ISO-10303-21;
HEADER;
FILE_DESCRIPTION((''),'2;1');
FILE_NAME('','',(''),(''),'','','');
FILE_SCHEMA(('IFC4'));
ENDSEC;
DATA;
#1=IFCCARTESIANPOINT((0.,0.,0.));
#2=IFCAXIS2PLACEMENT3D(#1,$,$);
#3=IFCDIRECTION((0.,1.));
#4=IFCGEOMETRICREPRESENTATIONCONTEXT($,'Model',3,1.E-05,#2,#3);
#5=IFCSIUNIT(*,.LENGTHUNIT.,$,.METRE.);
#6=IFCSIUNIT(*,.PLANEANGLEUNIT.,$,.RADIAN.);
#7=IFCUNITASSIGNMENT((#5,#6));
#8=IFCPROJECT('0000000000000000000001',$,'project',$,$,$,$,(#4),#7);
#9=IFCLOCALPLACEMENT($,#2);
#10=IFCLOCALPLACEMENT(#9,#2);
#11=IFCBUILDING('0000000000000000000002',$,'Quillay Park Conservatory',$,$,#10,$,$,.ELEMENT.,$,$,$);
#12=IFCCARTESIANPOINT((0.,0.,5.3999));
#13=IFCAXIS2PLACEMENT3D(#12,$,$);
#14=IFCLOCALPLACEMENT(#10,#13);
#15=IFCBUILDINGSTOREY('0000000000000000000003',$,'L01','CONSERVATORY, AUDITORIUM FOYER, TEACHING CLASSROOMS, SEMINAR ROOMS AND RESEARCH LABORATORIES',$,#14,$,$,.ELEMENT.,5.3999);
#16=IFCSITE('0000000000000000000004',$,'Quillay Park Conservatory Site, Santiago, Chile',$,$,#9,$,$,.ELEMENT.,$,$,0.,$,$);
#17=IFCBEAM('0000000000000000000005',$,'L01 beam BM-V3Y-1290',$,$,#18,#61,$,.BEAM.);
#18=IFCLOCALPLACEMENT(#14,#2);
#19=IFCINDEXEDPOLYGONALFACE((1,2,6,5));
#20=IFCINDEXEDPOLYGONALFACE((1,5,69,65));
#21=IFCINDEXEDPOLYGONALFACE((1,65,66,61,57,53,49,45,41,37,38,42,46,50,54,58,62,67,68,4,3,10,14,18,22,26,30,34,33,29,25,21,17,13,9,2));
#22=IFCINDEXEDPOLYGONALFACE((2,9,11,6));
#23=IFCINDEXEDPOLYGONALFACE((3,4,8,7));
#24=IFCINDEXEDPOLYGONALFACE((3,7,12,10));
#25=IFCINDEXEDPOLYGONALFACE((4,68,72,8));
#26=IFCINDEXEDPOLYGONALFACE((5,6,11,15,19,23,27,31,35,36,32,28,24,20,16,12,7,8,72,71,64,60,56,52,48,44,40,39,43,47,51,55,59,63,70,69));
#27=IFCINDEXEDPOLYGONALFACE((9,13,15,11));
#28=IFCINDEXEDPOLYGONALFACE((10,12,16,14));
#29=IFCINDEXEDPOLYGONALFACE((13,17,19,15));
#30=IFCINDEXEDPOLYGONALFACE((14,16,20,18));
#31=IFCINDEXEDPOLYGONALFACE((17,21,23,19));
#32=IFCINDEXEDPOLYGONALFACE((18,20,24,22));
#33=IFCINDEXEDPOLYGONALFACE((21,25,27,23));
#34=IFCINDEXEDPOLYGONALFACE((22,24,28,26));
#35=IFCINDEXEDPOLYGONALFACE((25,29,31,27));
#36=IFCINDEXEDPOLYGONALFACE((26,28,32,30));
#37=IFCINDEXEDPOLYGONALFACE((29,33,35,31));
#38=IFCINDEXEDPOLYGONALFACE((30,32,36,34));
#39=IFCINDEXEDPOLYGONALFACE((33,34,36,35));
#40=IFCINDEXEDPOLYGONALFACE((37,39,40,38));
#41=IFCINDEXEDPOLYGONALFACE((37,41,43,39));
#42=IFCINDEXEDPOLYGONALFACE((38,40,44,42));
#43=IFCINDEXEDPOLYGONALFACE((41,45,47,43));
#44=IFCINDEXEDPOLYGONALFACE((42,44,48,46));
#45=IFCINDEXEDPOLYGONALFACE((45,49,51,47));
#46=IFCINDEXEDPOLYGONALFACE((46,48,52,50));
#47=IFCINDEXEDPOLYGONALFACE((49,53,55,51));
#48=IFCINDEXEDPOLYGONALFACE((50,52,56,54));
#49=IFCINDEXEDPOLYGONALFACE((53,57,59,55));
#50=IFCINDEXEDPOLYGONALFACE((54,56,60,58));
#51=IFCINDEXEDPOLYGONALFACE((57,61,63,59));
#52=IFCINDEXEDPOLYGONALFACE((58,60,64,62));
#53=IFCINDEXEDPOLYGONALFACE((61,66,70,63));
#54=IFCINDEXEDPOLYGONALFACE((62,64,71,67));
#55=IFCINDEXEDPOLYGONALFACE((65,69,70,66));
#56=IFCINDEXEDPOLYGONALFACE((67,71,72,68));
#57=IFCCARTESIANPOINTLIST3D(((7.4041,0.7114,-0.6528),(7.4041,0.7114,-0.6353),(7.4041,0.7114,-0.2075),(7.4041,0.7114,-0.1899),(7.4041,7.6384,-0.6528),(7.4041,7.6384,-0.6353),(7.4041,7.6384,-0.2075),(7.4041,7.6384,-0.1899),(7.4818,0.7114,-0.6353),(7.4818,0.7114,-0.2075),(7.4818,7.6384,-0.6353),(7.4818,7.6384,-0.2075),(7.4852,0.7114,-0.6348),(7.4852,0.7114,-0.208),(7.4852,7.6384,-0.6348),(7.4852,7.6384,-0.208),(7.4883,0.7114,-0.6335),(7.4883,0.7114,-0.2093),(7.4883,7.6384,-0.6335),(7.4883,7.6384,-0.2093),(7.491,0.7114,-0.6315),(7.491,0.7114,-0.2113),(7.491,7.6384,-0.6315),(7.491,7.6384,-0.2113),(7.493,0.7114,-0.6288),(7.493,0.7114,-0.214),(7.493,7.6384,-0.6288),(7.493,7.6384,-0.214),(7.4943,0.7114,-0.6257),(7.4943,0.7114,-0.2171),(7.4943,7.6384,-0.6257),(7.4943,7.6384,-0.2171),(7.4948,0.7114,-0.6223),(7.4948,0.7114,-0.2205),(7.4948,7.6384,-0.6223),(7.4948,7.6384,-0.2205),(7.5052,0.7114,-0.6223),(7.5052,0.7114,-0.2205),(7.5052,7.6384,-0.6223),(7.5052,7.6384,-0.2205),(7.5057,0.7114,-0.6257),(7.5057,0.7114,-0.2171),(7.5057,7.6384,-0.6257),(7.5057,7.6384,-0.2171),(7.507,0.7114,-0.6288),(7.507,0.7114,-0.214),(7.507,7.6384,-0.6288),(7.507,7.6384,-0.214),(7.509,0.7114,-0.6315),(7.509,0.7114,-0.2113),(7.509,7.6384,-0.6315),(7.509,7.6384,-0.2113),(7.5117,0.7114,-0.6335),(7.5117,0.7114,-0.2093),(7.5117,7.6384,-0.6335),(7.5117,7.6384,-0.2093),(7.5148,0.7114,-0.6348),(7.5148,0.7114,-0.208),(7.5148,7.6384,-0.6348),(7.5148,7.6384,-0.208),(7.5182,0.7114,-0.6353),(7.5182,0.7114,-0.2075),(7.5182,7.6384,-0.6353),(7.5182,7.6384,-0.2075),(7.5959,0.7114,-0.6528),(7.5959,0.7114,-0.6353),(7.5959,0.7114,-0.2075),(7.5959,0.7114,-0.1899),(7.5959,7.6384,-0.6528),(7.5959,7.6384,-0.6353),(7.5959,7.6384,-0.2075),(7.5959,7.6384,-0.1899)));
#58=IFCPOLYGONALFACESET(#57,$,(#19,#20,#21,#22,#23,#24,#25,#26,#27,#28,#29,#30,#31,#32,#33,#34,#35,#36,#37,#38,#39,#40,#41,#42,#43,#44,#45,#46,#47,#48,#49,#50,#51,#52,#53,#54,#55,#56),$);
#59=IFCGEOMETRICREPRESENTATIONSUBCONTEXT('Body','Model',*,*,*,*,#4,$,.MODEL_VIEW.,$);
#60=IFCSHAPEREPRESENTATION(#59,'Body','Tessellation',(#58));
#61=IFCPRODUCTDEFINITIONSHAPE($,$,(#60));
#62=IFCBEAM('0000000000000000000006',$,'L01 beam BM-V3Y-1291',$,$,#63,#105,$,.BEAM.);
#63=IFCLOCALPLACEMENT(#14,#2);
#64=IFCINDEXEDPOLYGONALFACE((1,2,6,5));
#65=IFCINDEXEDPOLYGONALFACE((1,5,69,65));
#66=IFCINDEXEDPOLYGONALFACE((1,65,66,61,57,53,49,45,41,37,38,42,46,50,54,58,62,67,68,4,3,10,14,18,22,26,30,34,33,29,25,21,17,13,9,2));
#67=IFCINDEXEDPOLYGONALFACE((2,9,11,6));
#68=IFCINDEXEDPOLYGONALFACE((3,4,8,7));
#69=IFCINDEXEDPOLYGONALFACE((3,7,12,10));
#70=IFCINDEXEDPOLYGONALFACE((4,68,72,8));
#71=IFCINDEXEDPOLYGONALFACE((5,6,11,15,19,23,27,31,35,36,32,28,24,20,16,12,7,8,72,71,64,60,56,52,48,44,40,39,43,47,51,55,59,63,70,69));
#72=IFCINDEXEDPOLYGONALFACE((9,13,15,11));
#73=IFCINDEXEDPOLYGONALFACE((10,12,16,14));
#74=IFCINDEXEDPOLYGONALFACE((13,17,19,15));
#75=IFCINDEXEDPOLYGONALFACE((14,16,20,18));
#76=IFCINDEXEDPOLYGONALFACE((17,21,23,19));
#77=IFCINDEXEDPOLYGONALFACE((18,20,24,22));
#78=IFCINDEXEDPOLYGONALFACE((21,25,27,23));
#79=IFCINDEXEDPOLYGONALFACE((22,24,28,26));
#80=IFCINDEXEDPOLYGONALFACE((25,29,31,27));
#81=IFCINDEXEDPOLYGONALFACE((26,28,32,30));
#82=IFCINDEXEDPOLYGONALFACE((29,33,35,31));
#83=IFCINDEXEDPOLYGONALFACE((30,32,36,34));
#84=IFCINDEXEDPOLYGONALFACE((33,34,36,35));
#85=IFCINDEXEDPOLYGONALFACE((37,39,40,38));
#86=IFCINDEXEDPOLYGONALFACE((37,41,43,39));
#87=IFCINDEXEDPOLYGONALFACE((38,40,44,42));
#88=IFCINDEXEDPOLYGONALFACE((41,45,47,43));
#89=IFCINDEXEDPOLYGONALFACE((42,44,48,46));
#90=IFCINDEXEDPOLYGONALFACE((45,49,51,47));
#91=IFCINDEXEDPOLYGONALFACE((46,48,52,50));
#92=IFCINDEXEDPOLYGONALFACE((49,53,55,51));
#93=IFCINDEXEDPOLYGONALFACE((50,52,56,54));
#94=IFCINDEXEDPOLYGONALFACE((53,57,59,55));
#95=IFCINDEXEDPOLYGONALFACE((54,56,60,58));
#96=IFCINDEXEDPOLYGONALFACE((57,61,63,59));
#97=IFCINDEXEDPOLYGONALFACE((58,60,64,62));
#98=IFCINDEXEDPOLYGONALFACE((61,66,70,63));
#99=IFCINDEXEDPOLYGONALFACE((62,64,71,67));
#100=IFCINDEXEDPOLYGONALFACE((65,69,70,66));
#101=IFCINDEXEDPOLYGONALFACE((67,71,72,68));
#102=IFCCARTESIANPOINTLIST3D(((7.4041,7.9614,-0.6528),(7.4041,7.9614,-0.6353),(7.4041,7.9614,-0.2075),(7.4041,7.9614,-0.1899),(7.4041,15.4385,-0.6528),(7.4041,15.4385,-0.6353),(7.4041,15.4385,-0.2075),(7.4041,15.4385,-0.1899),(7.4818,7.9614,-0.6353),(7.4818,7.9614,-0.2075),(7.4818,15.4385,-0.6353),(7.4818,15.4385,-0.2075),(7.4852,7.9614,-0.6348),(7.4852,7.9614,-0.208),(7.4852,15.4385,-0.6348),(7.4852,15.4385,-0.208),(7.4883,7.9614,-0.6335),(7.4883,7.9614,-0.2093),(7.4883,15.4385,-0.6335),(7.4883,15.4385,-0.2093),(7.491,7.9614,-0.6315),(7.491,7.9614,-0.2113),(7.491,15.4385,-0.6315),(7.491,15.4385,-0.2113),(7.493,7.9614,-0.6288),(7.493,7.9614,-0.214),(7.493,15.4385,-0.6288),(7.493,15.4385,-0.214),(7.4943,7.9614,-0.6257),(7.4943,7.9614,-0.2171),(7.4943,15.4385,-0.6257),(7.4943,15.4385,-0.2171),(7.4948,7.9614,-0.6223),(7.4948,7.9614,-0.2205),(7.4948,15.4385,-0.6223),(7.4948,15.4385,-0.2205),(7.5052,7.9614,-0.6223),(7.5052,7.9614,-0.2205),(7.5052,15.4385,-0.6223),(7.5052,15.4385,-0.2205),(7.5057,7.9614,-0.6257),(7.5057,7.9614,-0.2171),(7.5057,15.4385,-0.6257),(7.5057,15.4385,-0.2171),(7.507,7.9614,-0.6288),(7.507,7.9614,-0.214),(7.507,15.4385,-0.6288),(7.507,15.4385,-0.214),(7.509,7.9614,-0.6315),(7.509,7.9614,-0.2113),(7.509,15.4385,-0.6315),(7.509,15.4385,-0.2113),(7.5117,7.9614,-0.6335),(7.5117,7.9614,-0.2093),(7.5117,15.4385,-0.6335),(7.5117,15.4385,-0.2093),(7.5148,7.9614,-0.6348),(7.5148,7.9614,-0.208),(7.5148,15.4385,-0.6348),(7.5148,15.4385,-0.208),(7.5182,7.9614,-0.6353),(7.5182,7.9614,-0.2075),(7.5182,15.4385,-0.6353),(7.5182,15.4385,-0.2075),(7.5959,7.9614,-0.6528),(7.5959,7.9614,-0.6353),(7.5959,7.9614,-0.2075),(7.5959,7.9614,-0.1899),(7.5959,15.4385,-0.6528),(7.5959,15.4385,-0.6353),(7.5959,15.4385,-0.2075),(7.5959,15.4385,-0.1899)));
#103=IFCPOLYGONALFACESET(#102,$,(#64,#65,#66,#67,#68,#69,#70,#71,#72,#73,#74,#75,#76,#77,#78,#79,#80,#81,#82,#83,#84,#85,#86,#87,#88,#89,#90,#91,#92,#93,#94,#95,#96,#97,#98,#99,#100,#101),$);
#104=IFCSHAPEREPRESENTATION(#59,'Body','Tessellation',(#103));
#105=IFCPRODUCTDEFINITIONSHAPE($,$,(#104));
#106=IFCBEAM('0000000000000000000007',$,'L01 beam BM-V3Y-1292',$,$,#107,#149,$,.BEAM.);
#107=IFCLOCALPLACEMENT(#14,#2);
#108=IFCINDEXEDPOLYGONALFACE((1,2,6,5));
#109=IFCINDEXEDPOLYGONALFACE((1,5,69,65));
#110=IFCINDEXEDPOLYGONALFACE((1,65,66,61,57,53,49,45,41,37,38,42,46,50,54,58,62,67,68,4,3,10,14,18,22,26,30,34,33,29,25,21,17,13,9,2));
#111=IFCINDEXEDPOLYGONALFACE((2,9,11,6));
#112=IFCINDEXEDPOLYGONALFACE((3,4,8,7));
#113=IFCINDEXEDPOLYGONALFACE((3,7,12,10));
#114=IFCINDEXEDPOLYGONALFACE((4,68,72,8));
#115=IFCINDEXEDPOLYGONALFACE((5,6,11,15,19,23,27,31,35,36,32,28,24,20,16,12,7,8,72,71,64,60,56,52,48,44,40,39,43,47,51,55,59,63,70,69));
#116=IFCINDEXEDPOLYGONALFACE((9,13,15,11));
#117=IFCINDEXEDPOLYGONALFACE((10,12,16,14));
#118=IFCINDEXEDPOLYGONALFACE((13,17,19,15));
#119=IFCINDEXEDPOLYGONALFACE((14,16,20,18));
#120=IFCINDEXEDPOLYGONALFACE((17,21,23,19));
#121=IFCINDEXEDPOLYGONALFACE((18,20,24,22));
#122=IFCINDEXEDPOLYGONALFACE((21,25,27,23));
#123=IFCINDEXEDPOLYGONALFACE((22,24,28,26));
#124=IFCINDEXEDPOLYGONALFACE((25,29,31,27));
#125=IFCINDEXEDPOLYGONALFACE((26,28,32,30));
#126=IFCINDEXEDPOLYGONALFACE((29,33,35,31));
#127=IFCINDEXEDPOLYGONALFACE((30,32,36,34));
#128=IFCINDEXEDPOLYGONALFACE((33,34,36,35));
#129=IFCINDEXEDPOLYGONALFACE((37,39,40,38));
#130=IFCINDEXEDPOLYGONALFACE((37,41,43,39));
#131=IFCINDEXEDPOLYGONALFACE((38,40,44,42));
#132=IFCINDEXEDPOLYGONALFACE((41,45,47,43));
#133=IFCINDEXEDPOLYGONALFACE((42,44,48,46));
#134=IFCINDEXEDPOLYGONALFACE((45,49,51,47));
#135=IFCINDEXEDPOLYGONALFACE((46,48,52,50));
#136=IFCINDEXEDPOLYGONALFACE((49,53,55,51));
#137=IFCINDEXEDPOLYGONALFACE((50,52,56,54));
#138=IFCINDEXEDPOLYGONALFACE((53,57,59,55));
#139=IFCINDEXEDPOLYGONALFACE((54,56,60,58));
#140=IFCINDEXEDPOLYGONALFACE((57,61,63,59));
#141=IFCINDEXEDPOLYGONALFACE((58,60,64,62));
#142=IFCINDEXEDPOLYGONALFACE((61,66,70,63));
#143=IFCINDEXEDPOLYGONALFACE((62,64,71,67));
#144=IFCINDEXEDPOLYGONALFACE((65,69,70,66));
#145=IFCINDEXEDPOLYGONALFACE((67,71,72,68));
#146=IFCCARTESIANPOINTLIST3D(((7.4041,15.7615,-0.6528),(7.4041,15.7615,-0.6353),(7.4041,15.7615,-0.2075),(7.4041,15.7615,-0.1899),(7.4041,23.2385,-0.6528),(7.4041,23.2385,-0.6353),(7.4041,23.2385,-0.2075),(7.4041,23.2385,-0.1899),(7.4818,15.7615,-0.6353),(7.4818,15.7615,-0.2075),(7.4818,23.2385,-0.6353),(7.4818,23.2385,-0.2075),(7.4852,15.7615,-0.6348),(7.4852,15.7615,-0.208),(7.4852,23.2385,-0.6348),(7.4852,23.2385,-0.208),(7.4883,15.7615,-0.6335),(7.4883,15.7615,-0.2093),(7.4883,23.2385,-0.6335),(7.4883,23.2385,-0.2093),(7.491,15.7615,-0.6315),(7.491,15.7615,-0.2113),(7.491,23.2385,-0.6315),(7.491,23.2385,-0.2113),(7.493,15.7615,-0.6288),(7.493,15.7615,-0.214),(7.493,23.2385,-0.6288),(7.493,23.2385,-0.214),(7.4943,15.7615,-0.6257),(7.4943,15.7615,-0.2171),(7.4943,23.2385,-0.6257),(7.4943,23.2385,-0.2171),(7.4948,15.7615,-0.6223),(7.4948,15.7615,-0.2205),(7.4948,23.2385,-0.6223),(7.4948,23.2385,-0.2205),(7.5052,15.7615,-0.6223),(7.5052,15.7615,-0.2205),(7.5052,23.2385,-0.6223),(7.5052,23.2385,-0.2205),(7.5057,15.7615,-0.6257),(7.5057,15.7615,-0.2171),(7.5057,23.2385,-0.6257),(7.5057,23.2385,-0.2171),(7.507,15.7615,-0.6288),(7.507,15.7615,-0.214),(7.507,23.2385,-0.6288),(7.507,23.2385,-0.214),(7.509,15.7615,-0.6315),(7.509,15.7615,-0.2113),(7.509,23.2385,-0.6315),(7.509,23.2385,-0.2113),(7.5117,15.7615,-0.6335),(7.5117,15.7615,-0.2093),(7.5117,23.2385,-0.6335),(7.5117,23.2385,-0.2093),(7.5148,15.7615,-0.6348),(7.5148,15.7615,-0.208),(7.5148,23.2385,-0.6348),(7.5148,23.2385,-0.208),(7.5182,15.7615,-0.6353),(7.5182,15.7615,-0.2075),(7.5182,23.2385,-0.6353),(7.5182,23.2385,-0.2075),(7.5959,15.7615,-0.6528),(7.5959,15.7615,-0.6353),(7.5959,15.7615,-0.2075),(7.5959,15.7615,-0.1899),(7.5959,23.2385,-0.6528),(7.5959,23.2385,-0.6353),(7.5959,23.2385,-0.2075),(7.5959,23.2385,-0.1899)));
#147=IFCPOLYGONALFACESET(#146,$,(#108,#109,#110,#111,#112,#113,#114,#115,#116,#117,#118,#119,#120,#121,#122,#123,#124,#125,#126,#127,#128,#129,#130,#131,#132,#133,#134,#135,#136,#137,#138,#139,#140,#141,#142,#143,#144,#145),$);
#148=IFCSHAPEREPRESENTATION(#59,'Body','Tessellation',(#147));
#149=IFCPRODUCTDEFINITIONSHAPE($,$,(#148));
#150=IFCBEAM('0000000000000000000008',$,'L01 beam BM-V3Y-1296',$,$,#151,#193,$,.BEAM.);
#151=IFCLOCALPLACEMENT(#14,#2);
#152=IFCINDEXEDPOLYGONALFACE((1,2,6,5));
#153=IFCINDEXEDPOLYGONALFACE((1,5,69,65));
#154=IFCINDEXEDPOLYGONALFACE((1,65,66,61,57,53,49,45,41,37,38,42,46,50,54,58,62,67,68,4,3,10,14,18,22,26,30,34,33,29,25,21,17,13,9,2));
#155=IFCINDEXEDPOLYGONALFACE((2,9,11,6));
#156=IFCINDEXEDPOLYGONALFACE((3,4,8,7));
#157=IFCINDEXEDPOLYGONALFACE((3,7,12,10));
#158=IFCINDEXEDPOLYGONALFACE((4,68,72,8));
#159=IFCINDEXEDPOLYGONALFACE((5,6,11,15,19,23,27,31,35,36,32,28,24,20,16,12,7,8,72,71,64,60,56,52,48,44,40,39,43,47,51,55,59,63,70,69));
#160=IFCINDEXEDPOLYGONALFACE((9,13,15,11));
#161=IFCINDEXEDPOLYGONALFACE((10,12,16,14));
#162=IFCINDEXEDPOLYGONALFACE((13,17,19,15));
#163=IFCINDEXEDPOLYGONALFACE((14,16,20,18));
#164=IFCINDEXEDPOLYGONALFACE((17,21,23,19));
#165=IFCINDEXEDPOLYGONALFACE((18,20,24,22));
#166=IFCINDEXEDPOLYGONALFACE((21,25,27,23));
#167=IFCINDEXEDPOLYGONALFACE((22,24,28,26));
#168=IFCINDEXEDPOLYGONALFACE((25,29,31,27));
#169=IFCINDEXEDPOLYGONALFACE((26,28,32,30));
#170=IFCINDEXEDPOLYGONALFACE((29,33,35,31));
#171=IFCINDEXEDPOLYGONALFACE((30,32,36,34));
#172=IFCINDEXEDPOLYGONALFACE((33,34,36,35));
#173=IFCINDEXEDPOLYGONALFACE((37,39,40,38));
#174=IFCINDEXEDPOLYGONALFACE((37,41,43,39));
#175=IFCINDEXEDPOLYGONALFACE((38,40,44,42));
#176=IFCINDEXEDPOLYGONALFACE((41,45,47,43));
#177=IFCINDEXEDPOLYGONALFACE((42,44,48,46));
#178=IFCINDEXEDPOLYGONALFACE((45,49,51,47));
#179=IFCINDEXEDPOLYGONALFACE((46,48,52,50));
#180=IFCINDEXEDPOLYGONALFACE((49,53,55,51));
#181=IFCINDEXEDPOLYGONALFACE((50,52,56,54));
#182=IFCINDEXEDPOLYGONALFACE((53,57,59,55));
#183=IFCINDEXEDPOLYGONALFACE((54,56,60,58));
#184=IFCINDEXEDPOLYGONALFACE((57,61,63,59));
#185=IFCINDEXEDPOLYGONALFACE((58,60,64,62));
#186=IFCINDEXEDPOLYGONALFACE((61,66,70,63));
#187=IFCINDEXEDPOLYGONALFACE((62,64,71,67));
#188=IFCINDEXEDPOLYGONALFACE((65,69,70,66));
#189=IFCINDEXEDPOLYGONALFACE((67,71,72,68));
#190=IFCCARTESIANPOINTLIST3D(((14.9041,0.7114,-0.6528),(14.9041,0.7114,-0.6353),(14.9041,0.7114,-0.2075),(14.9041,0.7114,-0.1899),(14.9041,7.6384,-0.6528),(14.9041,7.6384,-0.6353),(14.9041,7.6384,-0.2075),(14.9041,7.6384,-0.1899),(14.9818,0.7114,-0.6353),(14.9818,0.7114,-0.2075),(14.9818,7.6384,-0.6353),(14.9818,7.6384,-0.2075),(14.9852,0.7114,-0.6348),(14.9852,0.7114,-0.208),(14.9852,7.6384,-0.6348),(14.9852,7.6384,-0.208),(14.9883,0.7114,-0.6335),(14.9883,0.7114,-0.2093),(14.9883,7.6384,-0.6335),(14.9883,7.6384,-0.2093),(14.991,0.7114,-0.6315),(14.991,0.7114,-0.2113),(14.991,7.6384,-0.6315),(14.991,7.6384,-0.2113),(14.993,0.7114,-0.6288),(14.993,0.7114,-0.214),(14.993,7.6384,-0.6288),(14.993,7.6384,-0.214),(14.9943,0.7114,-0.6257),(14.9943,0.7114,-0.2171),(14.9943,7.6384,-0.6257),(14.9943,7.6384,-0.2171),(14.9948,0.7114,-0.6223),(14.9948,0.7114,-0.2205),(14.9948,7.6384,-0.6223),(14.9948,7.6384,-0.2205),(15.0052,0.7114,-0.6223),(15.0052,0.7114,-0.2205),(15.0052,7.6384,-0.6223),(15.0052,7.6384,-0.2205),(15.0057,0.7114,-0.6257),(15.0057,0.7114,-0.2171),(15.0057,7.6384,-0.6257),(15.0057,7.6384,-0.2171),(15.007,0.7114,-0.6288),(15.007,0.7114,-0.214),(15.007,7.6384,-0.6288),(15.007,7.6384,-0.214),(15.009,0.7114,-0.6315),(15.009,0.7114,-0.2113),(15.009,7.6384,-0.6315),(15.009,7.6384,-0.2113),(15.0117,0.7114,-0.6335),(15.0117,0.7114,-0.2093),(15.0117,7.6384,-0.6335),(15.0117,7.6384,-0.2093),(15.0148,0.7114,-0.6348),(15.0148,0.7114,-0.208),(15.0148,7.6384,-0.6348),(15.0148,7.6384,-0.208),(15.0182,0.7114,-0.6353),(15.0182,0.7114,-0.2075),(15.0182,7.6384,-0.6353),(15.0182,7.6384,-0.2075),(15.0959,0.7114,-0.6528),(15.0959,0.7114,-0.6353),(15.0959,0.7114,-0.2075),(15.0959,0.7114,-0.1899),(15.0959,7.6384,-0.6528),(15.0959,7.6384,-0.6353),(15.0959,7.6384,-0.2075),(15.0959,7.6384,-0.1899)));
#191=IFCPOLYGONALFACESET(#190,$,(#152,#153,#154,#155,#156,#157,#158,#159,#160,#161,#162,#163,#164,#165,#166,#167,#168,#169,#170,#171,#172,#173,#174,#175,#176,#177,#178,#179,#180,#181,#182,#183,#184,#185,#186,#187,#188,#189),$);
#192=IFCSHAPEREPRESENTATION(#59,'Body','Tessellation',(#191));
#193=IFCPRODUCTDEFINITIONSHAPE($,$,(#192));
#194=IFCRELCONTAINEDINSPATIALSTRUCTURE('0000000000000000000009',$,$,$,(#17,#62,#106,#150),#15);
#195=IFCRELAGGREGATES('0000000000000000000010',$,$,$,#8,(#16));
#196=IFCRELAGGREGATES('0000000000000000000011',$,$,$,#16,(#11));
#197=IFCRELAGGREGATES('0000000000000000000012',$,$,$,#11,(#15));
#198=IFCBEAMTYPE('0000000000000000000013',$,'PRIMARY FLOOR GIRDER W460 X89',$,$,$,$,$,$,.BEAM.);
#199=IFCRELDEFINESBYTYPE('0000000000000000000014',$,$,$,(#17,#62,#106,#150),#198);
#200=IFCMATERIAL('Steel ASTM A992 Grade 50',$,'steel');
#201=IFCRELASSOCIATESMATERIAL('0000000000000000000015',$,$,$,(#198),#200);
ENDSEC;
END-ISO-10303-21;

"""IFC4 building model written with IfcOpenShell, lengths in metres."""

from ifc_helpers import new_model, si_unit, direction, frame, origin, origin_2d, place, context, subcontext, project, spatial, i_section, extrude, material, material_profile, profile_set, type_object, element, save


model = new_model("IFC4")

# Units and contexts
model_context = context("Model", 3, precision=1e-05, world=origin(), true_north=direction((0.0, 1.0)))
body_context = subcontext(model_context, "Body", "Model", "MODEL_VIEW")
ifc_project = project(units=[si_unit("LENGTHUNIT", "METRE"), si_unit("PLANEANGLEUNIT", "RADIAN")], contexts=[model_context])

# Site, building, storey
site_placement = place(None, origin())
site = spatial("IfcSite", under=ifc_project, at=site_placement, Name="Quillay Park Conservatory Site, Santiago, Chile", CompositionType="ELEMENT", RefElevation=0.0)
building_placement = place(site_placement, origin())
building = spatial("IfcBuilding", under=site, at=building_placement, Name="Quillay Park Conservatory", CompositionType="ELEMENT")
storey_placement = place(building_placement, frame((0.0, 0.0, 5.3999)))
storey = spatial("IfcBuildingStorey", under=building, at=storey_placement, Name="L01", Description="CONSERVATORY, AUDITORIUM FOYER, TEACHING CLASSROOMS, SEMINAR ROOMS AND RESEARCH LABORATORIES", CompositionType="ELEMENT", Elevation=5.3999)

# Beams
ifc_material_1 = material(Name="Steel ASTM A992 Grade 50", Category="steel")
ifc_material_profile_1 = material_profile(ifc_material_1, i_section(OverallWidth=0.1919, OverallDepth=0.4629, WebThickness=0.0105, FlangeThickness=0.0176, FilletRadius=0.0129, at=origin_2d()), Name="W460x89")
ifc_profile_set_1 = profile_set([ifc_material_profile_1], Name="Steel ASTM A992 Grade 50")
beam_type_1 = type_object("IfcBeamType", Name="PRIMARY FLOOR GIRDER W460 X89", PredefinedType="BEAM", material=ifc_profile_set_1)
beam_1_placement = place(storey_placement, frame((7.5, 0.7114, -0.4214), z_axis=(0.0, 1.0, 0.0), x_axis=(-1.0, 0.0, 0.0)))
element("IfcBeam", 1, at=beam_1_placement, inside=storey, type_object=beam_type_1, Name="L01 beam BM-V3Y-1290", PredefinedType="BEAM", context=body_context, shape_type="SweptSolid", body=[
    extrude(i_section(OverallWidth=0.1919, OverallDepth=0.4629, WebThickness=0.0105, FlangeThickness=0.0176, FilletRadius=0.0129, at=origin_2d()), origin(), (0.0, 0.0, 1.0), 6.927),
])
for number, where, z_axis, x_axis, name in (
    (2, (7.5, 7.9614, -0.4214), (0.0, 1.0, 0.0), (-1.0, 0.0, 0.0), "L01 beam BM-V3Y-1291"),
    (3, (7.5, 15.7615, -0.4214), (0.0, 1.0, 0.0), (-1.0, 0.0, 0.0), "L01 beam BM-V3Y-1292"),
):
    element("IfcBeam", number, at=place(storey_placement, frame(where, z_axis=z_axis, x_axis=x_axis)), inside=storey, type_object=beam_type_1, Name=name, PredefinedType="BEAM", context=body_context, shape_type="SweptSolid", body=[
        extrude(i_section(OverallWidth=0.1919, OverallDepth=0.4629, WebThickness=0.0105, FlangeThickness=0.0176, FilletRadius=0.0129, at=origin_2d()), origin(), (0.0, 0.0, 1.0), 7.4771),
    ])
beam_2_placement = place(storey_placement, frame((15.0, 0.7114, -0.4214), z_axis=(0.0, 1.0, 0.0), x_axis=(-1.0, 0.0, 0.0)))
element("IfcBeam", 4, at=beam_2_placement, inside=storey, type_object=beam_type_1, Name="L01 beam BM-V3Y-1296", PredefinedType="BEAM", context=body_context, shape_type="SweptSolid", body=[
    extrude(i_section(OverallWidth=0.1919, OverallDepth=0.4629, WebThickness=0.0105, FlangeThickness=0.0176, FilletRadius=0.0129, at=origin_2d()), origin(), (0.0, 0.0, 1.0), 6.927),
])

save(model, "model.ifc")
